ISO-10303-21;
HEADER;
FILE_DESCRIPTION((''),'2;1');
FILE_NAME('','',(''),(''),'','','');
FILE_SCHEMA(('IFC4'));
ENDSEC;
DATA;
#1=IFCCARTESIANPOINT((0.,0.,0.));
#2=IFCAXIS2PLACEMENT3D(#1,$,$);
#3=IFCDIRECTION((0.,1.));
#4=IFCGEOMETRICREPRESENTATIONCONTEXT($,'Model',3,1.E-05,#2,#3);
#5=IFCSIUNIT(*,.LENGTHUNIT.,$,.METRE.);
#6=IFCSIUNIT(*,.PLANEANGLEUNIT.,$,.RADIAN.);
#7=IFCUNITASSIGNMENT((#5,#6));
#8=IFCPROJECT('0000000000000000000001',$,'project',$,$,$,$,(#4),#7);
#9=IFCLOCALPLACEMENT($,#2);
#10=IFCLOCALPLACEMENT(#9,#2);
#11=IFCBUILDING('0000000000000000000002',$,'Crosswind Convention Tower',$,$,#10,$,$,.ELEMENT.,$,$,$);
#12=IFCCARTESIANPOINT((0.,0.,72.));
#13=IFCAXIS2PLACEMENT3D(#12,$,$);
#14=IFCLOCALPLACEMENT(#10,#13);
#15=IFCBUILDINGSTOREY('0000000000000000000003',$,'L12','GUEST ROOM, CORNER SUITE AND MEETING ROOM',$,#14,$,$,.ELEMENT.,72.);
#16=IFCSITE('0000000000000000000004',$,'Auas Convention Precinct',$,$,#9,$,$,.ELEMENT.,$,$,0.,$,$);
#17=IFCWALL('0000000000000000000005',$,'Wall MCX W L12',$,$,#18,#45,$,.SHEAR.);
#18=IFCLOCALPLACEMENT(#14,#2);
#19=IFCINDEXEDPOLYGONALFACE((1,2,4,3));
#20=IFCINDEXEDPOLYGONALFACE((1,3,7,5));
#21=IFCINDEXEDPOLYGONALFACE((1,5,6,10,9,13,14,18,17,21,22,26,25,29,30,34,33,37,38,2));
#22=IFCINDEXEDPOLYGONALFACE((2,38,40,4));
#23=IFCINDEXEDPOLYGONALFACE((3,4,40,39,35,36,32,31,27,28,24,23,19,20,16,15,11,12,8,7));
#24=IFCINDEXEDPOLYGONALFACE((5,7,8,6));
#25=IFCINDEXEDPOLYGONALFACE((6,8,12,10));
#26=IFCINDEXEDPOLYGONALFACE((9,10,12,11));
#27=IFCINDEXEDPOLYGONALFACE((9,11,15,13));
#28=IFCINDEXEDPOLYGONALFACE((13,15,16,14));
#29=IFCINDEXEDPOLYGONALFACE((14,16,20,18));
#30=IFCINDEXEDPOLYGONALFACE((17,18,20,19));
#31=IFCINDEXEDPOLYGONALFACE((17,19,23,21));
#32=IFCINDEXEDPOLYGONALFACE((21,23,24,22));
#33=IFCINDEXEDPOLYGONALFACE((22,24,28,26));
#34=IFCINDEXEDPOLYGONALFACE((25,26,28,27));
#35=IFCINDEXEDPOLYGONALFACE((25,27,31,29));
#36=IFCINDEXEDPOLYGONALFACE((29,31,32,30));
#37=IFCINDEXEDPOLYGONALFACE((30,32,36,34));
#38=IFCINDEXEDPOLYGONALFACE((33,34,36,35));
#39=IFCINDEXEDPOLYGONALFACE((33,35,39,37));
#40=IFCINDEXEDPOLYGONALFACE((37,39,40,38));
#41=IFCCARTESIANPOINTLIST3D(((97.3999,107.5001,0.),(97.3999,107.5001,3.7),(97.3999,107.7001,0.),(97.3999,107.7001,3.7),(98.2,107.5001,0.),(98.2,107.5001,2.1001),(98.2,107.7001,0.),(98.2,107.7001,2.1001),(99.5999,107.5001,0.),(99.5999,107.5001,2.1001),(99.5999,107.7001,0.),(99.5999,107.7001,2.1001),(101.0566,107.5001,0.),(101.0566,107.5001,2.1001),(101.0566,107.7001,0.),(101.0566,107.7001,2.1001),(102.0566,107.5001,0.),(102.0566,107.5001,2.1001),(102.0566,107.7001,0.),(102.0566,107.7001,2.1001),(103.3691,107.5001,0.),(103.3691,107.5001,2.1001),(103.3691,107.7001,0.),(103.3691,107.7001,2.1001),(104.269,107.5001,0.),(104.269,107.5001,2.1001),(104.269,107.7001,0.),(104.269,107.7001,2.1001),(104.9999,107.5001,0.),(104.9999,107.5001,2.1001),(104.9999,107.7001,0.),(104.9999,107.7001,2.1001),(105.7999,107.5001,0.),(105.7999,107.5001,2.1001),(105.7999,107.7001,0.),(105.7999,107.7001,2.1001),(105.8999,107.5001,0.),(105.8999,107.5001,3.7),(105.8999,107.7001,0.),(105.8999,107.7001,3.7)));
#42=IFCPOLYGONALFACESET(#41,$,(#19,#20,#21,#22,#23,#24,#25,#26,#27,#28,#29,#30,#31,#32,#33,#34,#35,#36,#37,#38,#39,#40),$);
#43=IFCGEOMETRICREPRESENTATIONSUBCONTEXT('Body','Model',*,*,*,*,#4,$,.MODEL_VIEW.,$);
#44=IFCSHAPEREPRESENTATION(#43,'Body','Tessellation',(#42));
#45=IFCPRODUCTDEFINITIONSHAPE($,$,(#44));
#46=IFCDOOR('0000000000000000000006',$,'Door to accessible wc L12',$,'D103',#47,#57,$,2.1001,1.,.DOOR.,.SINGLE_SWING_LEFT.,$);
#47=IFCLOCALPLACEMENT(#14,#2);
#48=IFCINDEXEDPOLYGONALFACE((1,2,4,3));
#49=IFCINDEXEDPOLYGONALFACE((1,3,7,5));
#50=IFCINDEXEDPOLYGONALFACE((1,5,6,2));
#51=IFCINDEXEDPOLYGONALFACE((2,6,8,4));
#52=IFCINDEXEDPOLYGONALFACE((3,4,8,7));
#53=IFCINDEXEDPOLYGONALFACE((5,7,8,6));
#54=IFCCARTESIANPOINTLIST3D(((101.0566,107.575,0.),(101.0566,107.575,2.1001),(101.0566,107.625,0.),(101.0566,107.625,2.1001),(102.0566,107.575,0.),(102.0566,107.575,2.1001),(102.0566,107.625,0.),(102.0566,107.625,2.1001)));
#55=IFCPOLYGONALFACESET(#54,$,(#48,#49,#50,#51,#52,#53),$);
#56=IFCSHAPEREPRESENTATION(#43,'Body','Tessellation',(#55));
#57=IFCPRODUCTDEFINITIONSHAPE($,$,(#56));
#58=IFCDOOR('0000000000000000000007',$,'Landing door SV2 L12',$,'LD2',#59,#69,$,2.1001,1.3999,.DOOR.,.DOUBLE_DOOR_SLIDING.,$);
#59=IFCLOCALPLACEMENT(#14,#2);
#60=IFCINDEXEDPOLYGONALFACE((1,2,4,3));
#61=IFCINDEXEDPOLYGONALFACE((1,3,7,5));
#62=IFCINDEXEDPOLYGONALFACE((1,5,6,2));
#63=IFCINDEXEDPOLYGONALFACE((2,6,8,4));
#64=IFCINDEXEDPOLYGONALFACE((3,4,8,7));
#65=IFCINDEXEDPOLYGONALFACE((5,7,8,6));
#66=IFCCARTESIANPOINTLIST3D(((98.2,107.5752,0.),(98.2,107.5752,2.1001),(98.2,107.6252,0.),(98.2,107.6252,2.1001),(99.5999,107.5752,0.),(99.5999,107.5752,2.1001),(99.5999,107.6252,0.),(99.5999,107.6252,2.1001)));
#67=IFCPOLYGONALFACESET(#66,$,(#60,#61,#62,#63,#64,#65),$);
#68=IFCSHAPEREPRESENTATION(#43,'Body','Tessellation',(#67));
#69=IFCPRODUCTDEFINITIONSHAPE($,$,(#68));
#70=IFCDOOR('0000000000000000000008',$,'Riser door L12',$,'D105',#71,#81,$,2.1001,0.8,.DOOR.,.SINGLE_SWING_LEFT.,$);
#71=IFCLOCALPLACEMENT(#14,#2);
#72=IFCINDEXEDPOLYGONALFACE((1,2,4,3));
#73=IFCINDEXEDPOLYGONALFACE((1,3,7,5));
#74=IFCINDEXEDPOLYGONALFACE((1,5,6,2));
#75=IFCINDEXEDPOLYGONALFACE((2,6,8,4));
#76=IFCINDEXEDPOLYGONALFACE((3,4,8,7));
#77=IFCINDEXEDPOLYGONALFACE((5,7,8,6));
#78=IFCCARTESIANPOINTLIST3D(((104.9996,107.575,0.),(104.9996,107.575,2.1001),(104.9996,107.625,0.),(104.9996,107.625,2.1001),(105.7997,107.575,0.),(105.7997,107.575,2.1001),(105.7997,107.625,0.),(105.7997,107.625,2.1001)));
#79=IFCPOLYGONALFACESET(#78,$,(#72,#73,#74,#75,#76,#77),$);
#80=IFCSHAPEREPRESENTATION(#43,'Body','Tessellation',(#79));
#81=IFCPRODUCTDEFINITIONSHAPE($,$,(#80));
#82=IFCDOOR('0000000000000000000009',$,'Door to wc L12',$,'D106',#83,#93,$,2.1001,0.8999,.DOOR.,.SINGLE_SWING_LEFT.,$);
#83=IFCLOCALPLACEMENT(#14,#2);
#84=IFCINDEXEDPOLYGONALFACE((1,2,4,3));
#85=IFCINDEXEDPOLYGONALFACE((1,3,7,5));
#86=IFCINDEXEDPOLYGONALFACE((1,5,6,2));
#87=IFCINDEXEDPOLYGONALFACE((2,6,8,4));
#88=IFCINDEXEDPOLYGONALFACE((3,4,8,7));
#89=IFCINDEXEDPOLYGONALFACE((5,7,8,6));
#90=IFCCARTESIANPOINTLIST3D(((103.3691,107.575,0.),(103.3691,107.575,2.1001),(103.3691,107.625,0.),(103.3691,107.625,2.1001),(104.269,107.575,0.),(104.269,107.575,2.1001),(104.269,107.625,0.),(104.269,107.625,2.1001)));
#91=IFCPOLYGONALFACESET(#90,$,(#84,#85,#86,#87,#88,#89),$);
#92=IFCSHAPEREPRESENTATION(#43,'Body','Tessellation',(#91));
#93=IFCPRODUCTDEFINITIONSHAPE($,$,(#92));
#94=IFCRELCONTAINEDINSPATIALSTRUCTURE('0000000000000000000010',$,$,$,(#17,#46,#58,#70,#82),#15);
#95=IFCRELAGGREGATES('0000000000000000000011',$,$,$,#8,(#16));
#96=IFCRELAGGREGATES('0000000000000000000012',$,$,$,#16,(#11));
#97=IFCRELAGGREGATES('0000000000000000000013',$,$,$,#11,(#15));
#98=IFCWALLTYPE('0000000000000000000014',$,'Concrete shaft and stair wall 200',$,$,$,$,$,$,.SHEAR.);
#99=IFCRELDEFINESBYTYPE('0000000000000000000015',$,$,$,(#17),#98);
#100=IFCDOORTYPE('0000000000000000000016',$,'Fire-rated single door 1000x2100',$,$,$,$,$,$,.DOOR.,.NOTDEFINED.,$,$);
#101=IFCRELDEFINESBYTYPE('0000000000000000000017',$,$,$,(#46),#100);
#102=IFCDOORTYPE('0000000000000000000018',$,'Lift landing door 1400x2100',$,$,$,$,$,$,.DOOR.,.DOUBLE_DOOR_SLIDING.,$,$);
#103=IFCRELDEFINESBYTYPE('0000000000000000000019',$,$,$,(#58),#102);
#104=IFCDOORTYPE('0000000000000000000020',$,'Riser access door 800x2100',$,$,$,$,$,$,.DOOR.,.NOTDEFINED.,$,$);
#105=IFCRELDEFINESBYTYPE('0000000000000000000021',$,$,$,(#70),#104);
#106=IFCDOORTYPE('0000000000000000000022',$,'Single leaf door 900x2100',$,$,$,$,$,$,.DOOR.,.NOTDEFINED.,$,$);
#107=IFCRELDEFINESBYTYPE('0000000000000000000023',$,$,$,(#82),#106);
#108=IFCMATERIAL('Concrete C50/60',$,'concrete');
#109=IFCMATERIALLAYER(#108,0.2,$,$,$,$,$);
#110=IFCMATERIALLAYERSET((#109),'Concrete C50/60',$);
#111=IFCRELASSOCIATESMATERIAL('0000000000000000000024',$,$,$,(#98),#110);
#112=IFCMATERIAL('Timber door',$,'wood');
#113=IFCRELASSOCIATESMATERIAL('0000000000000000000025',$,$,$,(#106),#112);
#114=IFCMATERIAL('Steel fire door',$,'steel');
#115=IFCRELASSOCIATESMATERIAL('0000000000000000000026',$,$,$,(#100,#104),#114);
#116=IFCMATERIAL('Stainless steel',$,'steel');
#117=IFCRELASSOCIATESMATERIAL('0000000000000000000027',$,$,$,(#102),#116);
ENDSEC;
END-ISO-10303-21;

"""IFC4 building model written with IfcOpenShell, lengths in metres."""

from ifc_helpers import new_model, si_unit, direction, frame, frame_2d, origin, place, context, subcontext, project, spatial, rectangle, extrude, material, layer, layer_set, type_object, element, fill, save


model = new_model("IFC4")

# Units and contexts
model_context = context("Model", 3, precision=1e-05, world=origin(), true_north=direction((0.0, 1.0)))
body_context = subcontext(model_context, "Body", "Model", "MODEL_VIEW")
ifc_project = project(units=[si_unit("LENGTHUNIT", "METRE"), si_unit("PLANEANGLEUNIT", "RADIAN")], contexts=[model_context])

# Site, building, storey
site_placement = place(None, origin())
site = spatial("IfcSite", under=ifc_project, at=site_placement, Name="Auas Convention Precinct", CompositionType="ELEMENT", RefElevation=0.0)
building_placement = place(site_placement, origin())
building = spatial("IfcBuilding", under=site, at=building_placement, Name="Crosswind Convention Tower", CompositionType="ELEMENT")
storey_placement = place(building_placement, frame((0.0, 0.0, 72.0)))
storey = spatial("IfcBuildingStorey", under=building, at=storey_placement, Name="L12", Description="GUEST ROOM, CORNER SUITE AND MEETING ROOM", CompositionType="ELEMENT", Elevation=72.0)

# Shared definitions
ifc_material_1 = material(Name="Concrete C50/60", Category="concrete")

# Shared definitions
ifc_layer_1 = layer(ifc_material_1, 0.2)
ifc_layer_set_1 = layer_set([ifc_layer_1], Name="Concrete C50/60")
wall_type_1 = type_object("IfcWallType", Name="Concrete shaft and stair wall 200", PredefinedType="SHEAR", material=ifc_layer_set_1)

# Shared definitions
ifc_material_2 = material(Name="Timber door", Category="wood")
door_type_1 = type_object("IfcDoorType", Name="Single leaf door 900x2100", OperationType="NOTDEFINED", PredefinedType="DOOR", material=ifc_material_2)

# Shared definitions
ifc_material_3 = material(Name="Steel fire door", Category="steel")

# Wall, openings, doors
wall_1_placement = place(storey_placement, frame((105.8999, 107.6001, 0.0), z_axis=(0.0, 0.0, 1.0), x_axis=(-1.0, 0.0, 0.0)))
wall_1 = element("IfcWall", 1, at=wall_1_placement, inside=storey, type_object=wall_type_1, Name="Wall MCX W L12", PredefinedType="SHEAR", context=body_context, shape_type="SweptSolid", body=[
    extrude(rectangle(XDim=8.5, YDim=0.2, at=frame_2d((4.25, 0.0))), origin(), (0.0, 0.0, 1.0), 3.7),
])
opening_1_placement = place(wall_1_placement, frame((0.1001, 0.0, 0.0)))
opening_1 = element("IfcOpeningElement", 2, at=opening_1_placement, cuts=wall_1, PredefinedType="OPENING", context=body_context, shape_type="SweptSolid", body=[
    extrude(rectangle(XDim=0.8, YDim=2.1001, at=frame_2d((0.3999, 1.05))), frame((0.0, 0.1099, 0.0), z_axis=(0.0, -1.0, 0.0), x_axis=(1.0, 0.0, 0.0)), (0.0, 0.0, 1.0), 0.22),
])
opening_2_placement = place(wall_1_placement, frame((1.6309, 0.0, 0.0)))
opening_2 = element("IfcOpeningElement", 3, at=opening_2_placement, cuts=wall_1, PredefinedType="OPENING", context=body_context, shape_type="SweptSolid", body=[
    extrude(rectangle(XDim=0.8999, YDim=2.1001, at=frame_2d((0.45, 1.05))), frame((0.0, 0.1099, 0.0), z_axis=(0.0, -1.0, 0.0), x_axis=(1.0, 0.0, 0.0)), (0.0, 0.0, 1.0), 0.22),
])
opening_3_placement = place(wall_1_placement, frame((3.8433, 0.0, 0.0)))
opening_3 = element("IfcOpeningElement", 4, at=opening_3_placement, cuts=wall_1, PredefinedType="OPENING", context=body_context, shape_type="SweptSolid", body=[
    extrude(rectangle(XDim=1.0, YDim=2.1001, at=frame_2d((0.5, 1.05))), frame((0.0, 0.1099, 0.0), z_axis=(0.0, -1.0, 0.0), x_axis=(1.0, 0.0, 0.0)), (0.0, 0.0, 1.0), 0.22),
])
opening_4_placement = place(wall_1_placement, frame((6.3, 0.0, 0.0)))
opening_4 = element("IfcOpeningElement", 5, at=opening_4_placement, cuts=wall_1, PredefinedType="OPENING", context=body_context, shape_type="SweptSolid", body=[
    extrude(rectangle(XDim=1.3999, YDim=2.1001, at=frame_2d((0.7, 1.05))), frame((0.0, 0.1099, 0.0), z_axis=(0.0, -1.0, 0.0), x_axis=(1.0, 0.0, 0.0)), (0.0, 0.0, 1.0), 0.22),
])
door_type_2 = type_object("IfcDoorType", Name="Fire-rated single door 1000x2100", OperationType="NOTDEFINED", PredefinedType="DOOR", material=ifc_material_3)
door_1_placement = place(opening_3_placement, frame((1.0, 0.0, 0.0), z_axis=(0.0, 0.0, 1.0), x_axis=(-1.0, 0.0, 0.0)))
door_1 = element("IfcDoor", 6, at=door_1_placement, inside=storey, type_object=door_type_2, Name="Door to accessible wc L12", ObjectType="D103", OperationType="SINGLE_SWING_LEFT", OverallHeight=2.1001, OverallWidth=1.0, PredefinedType="DOOR", context=body_context, shape_type="SweptSolid", body=[
    extrude(rectangle(XDim=1.0, YDim=2.1001, at=frame_2d((0.5, 1.05))), frame((0.0, 0.0249, 0.0), z_axis=(0.0, -1.0, 0.0), x_axis=(1.0, 0.0, 0.0)), (0.0, 0.0, 1.0), 0.05),
])
fill(opening_3, door_1)
ifc_material_4 = material(Name="Stainless steel", Category="steel")
door_type_3 = type_object("IfcDoorType", Name="Lift landing door 1400x2100", OperationType="DOUBLE_DOOR_SLIDING", PredefinedType="DOOR", material=ifc_material_4)
door_2_placement = place(opening_4_placement, origin())
door_2 = element("IfcDoor", 7, at=door_2_placement, inside=storey, type_object=door_type_3, Name="Landing door SV2 L12", ObjectType="LD2", OperationType="DOUBLE_DOOR_SLIDING", OverallHeight=2.1001, OverallWidth=1.3999, PredefinedType="DOOR", context=body_context, shape_type="SweptSolid", body=[
    extrude(rectangle(XDim=1.3999, YDim=2.1001, at=frame_2d((0.7, 1.05))), frame((0.0, 0.0249, 0.0), z_axis=(0.0, -1.0, 0.0), x_axis=(1.0, 0.0, 0.0)), (0.0, 0.0, 1.0), 0.05),
])
fill(opening_4, door_2)
door_type_4 = type_object("IfcDoorType", Name="Riser access door 800x2100", OperationType="NOTDEFINED", PredefinedType="DOOR", material=ifc_material_3)
door_3_placement = place(opening_1_placement, frame((0.8, 0.0, 0.0), z_axis=(0.0, 0.0, 1.0), x_axis=(-1.0, 0.0, 0.0)))
door_3 = element("IfcDoor", 8, at=door_3_placement, inside=storey, type_object=door_type_4, Name="Riser door L12", ObjectType="D105", OperationType="SINGLE_SWING_LEFT", OverallHeight=2.1001, OverallWidth=0.8, PredefinedType="DOOR", context=body_context, shape_type="SweptSolid", body=[
    extrude(rectangle(XDim=0.8, YDim=2.1001, at=frame_2d((0.3999, 1.05))), frame((0.0, 0.0249, 0.0), z_axis=(0.0, -1.0, 0.0), x_axis=(1.0, 0.0, 0.0)), (0.0, 0.0, 1.0), 0.05),
])
fill(opening_1, door_3)
door_4_placement = place(opening_2_placement, frame((0.8999, 0.0, 0.0), z_axis=(0.0, 0.0, 1.0), x_axis=(-1.0, 0.0, 0.0)))
door_4 = element("IfcDoor", 9, at=door_4_placement, inside=storey, type_object=door_type_1, Name="Door to wc L12", ObjectType="D106", OperationType="SINGLE_SWING_LEFT", OverallHeight=2.1001, OverallWidth=0.8999, PredefinedType="DOOR", context=body_context, shape_type="SweptSolid", body=[
    extrude(rectangle(XDim=0.8999, YDim=2.1001, at=frame_2d((0.45, 1.05))), frame((0.0, 0.0249, 0.0), z_axis=(0.0, -1.0, 0.0), x_axis=(1.0, 0.0, 0.0)), (0.0, 0.0, 1.0), 0.05),
])
fill(opening_2, door_4)

save(model, "model.ifc")
